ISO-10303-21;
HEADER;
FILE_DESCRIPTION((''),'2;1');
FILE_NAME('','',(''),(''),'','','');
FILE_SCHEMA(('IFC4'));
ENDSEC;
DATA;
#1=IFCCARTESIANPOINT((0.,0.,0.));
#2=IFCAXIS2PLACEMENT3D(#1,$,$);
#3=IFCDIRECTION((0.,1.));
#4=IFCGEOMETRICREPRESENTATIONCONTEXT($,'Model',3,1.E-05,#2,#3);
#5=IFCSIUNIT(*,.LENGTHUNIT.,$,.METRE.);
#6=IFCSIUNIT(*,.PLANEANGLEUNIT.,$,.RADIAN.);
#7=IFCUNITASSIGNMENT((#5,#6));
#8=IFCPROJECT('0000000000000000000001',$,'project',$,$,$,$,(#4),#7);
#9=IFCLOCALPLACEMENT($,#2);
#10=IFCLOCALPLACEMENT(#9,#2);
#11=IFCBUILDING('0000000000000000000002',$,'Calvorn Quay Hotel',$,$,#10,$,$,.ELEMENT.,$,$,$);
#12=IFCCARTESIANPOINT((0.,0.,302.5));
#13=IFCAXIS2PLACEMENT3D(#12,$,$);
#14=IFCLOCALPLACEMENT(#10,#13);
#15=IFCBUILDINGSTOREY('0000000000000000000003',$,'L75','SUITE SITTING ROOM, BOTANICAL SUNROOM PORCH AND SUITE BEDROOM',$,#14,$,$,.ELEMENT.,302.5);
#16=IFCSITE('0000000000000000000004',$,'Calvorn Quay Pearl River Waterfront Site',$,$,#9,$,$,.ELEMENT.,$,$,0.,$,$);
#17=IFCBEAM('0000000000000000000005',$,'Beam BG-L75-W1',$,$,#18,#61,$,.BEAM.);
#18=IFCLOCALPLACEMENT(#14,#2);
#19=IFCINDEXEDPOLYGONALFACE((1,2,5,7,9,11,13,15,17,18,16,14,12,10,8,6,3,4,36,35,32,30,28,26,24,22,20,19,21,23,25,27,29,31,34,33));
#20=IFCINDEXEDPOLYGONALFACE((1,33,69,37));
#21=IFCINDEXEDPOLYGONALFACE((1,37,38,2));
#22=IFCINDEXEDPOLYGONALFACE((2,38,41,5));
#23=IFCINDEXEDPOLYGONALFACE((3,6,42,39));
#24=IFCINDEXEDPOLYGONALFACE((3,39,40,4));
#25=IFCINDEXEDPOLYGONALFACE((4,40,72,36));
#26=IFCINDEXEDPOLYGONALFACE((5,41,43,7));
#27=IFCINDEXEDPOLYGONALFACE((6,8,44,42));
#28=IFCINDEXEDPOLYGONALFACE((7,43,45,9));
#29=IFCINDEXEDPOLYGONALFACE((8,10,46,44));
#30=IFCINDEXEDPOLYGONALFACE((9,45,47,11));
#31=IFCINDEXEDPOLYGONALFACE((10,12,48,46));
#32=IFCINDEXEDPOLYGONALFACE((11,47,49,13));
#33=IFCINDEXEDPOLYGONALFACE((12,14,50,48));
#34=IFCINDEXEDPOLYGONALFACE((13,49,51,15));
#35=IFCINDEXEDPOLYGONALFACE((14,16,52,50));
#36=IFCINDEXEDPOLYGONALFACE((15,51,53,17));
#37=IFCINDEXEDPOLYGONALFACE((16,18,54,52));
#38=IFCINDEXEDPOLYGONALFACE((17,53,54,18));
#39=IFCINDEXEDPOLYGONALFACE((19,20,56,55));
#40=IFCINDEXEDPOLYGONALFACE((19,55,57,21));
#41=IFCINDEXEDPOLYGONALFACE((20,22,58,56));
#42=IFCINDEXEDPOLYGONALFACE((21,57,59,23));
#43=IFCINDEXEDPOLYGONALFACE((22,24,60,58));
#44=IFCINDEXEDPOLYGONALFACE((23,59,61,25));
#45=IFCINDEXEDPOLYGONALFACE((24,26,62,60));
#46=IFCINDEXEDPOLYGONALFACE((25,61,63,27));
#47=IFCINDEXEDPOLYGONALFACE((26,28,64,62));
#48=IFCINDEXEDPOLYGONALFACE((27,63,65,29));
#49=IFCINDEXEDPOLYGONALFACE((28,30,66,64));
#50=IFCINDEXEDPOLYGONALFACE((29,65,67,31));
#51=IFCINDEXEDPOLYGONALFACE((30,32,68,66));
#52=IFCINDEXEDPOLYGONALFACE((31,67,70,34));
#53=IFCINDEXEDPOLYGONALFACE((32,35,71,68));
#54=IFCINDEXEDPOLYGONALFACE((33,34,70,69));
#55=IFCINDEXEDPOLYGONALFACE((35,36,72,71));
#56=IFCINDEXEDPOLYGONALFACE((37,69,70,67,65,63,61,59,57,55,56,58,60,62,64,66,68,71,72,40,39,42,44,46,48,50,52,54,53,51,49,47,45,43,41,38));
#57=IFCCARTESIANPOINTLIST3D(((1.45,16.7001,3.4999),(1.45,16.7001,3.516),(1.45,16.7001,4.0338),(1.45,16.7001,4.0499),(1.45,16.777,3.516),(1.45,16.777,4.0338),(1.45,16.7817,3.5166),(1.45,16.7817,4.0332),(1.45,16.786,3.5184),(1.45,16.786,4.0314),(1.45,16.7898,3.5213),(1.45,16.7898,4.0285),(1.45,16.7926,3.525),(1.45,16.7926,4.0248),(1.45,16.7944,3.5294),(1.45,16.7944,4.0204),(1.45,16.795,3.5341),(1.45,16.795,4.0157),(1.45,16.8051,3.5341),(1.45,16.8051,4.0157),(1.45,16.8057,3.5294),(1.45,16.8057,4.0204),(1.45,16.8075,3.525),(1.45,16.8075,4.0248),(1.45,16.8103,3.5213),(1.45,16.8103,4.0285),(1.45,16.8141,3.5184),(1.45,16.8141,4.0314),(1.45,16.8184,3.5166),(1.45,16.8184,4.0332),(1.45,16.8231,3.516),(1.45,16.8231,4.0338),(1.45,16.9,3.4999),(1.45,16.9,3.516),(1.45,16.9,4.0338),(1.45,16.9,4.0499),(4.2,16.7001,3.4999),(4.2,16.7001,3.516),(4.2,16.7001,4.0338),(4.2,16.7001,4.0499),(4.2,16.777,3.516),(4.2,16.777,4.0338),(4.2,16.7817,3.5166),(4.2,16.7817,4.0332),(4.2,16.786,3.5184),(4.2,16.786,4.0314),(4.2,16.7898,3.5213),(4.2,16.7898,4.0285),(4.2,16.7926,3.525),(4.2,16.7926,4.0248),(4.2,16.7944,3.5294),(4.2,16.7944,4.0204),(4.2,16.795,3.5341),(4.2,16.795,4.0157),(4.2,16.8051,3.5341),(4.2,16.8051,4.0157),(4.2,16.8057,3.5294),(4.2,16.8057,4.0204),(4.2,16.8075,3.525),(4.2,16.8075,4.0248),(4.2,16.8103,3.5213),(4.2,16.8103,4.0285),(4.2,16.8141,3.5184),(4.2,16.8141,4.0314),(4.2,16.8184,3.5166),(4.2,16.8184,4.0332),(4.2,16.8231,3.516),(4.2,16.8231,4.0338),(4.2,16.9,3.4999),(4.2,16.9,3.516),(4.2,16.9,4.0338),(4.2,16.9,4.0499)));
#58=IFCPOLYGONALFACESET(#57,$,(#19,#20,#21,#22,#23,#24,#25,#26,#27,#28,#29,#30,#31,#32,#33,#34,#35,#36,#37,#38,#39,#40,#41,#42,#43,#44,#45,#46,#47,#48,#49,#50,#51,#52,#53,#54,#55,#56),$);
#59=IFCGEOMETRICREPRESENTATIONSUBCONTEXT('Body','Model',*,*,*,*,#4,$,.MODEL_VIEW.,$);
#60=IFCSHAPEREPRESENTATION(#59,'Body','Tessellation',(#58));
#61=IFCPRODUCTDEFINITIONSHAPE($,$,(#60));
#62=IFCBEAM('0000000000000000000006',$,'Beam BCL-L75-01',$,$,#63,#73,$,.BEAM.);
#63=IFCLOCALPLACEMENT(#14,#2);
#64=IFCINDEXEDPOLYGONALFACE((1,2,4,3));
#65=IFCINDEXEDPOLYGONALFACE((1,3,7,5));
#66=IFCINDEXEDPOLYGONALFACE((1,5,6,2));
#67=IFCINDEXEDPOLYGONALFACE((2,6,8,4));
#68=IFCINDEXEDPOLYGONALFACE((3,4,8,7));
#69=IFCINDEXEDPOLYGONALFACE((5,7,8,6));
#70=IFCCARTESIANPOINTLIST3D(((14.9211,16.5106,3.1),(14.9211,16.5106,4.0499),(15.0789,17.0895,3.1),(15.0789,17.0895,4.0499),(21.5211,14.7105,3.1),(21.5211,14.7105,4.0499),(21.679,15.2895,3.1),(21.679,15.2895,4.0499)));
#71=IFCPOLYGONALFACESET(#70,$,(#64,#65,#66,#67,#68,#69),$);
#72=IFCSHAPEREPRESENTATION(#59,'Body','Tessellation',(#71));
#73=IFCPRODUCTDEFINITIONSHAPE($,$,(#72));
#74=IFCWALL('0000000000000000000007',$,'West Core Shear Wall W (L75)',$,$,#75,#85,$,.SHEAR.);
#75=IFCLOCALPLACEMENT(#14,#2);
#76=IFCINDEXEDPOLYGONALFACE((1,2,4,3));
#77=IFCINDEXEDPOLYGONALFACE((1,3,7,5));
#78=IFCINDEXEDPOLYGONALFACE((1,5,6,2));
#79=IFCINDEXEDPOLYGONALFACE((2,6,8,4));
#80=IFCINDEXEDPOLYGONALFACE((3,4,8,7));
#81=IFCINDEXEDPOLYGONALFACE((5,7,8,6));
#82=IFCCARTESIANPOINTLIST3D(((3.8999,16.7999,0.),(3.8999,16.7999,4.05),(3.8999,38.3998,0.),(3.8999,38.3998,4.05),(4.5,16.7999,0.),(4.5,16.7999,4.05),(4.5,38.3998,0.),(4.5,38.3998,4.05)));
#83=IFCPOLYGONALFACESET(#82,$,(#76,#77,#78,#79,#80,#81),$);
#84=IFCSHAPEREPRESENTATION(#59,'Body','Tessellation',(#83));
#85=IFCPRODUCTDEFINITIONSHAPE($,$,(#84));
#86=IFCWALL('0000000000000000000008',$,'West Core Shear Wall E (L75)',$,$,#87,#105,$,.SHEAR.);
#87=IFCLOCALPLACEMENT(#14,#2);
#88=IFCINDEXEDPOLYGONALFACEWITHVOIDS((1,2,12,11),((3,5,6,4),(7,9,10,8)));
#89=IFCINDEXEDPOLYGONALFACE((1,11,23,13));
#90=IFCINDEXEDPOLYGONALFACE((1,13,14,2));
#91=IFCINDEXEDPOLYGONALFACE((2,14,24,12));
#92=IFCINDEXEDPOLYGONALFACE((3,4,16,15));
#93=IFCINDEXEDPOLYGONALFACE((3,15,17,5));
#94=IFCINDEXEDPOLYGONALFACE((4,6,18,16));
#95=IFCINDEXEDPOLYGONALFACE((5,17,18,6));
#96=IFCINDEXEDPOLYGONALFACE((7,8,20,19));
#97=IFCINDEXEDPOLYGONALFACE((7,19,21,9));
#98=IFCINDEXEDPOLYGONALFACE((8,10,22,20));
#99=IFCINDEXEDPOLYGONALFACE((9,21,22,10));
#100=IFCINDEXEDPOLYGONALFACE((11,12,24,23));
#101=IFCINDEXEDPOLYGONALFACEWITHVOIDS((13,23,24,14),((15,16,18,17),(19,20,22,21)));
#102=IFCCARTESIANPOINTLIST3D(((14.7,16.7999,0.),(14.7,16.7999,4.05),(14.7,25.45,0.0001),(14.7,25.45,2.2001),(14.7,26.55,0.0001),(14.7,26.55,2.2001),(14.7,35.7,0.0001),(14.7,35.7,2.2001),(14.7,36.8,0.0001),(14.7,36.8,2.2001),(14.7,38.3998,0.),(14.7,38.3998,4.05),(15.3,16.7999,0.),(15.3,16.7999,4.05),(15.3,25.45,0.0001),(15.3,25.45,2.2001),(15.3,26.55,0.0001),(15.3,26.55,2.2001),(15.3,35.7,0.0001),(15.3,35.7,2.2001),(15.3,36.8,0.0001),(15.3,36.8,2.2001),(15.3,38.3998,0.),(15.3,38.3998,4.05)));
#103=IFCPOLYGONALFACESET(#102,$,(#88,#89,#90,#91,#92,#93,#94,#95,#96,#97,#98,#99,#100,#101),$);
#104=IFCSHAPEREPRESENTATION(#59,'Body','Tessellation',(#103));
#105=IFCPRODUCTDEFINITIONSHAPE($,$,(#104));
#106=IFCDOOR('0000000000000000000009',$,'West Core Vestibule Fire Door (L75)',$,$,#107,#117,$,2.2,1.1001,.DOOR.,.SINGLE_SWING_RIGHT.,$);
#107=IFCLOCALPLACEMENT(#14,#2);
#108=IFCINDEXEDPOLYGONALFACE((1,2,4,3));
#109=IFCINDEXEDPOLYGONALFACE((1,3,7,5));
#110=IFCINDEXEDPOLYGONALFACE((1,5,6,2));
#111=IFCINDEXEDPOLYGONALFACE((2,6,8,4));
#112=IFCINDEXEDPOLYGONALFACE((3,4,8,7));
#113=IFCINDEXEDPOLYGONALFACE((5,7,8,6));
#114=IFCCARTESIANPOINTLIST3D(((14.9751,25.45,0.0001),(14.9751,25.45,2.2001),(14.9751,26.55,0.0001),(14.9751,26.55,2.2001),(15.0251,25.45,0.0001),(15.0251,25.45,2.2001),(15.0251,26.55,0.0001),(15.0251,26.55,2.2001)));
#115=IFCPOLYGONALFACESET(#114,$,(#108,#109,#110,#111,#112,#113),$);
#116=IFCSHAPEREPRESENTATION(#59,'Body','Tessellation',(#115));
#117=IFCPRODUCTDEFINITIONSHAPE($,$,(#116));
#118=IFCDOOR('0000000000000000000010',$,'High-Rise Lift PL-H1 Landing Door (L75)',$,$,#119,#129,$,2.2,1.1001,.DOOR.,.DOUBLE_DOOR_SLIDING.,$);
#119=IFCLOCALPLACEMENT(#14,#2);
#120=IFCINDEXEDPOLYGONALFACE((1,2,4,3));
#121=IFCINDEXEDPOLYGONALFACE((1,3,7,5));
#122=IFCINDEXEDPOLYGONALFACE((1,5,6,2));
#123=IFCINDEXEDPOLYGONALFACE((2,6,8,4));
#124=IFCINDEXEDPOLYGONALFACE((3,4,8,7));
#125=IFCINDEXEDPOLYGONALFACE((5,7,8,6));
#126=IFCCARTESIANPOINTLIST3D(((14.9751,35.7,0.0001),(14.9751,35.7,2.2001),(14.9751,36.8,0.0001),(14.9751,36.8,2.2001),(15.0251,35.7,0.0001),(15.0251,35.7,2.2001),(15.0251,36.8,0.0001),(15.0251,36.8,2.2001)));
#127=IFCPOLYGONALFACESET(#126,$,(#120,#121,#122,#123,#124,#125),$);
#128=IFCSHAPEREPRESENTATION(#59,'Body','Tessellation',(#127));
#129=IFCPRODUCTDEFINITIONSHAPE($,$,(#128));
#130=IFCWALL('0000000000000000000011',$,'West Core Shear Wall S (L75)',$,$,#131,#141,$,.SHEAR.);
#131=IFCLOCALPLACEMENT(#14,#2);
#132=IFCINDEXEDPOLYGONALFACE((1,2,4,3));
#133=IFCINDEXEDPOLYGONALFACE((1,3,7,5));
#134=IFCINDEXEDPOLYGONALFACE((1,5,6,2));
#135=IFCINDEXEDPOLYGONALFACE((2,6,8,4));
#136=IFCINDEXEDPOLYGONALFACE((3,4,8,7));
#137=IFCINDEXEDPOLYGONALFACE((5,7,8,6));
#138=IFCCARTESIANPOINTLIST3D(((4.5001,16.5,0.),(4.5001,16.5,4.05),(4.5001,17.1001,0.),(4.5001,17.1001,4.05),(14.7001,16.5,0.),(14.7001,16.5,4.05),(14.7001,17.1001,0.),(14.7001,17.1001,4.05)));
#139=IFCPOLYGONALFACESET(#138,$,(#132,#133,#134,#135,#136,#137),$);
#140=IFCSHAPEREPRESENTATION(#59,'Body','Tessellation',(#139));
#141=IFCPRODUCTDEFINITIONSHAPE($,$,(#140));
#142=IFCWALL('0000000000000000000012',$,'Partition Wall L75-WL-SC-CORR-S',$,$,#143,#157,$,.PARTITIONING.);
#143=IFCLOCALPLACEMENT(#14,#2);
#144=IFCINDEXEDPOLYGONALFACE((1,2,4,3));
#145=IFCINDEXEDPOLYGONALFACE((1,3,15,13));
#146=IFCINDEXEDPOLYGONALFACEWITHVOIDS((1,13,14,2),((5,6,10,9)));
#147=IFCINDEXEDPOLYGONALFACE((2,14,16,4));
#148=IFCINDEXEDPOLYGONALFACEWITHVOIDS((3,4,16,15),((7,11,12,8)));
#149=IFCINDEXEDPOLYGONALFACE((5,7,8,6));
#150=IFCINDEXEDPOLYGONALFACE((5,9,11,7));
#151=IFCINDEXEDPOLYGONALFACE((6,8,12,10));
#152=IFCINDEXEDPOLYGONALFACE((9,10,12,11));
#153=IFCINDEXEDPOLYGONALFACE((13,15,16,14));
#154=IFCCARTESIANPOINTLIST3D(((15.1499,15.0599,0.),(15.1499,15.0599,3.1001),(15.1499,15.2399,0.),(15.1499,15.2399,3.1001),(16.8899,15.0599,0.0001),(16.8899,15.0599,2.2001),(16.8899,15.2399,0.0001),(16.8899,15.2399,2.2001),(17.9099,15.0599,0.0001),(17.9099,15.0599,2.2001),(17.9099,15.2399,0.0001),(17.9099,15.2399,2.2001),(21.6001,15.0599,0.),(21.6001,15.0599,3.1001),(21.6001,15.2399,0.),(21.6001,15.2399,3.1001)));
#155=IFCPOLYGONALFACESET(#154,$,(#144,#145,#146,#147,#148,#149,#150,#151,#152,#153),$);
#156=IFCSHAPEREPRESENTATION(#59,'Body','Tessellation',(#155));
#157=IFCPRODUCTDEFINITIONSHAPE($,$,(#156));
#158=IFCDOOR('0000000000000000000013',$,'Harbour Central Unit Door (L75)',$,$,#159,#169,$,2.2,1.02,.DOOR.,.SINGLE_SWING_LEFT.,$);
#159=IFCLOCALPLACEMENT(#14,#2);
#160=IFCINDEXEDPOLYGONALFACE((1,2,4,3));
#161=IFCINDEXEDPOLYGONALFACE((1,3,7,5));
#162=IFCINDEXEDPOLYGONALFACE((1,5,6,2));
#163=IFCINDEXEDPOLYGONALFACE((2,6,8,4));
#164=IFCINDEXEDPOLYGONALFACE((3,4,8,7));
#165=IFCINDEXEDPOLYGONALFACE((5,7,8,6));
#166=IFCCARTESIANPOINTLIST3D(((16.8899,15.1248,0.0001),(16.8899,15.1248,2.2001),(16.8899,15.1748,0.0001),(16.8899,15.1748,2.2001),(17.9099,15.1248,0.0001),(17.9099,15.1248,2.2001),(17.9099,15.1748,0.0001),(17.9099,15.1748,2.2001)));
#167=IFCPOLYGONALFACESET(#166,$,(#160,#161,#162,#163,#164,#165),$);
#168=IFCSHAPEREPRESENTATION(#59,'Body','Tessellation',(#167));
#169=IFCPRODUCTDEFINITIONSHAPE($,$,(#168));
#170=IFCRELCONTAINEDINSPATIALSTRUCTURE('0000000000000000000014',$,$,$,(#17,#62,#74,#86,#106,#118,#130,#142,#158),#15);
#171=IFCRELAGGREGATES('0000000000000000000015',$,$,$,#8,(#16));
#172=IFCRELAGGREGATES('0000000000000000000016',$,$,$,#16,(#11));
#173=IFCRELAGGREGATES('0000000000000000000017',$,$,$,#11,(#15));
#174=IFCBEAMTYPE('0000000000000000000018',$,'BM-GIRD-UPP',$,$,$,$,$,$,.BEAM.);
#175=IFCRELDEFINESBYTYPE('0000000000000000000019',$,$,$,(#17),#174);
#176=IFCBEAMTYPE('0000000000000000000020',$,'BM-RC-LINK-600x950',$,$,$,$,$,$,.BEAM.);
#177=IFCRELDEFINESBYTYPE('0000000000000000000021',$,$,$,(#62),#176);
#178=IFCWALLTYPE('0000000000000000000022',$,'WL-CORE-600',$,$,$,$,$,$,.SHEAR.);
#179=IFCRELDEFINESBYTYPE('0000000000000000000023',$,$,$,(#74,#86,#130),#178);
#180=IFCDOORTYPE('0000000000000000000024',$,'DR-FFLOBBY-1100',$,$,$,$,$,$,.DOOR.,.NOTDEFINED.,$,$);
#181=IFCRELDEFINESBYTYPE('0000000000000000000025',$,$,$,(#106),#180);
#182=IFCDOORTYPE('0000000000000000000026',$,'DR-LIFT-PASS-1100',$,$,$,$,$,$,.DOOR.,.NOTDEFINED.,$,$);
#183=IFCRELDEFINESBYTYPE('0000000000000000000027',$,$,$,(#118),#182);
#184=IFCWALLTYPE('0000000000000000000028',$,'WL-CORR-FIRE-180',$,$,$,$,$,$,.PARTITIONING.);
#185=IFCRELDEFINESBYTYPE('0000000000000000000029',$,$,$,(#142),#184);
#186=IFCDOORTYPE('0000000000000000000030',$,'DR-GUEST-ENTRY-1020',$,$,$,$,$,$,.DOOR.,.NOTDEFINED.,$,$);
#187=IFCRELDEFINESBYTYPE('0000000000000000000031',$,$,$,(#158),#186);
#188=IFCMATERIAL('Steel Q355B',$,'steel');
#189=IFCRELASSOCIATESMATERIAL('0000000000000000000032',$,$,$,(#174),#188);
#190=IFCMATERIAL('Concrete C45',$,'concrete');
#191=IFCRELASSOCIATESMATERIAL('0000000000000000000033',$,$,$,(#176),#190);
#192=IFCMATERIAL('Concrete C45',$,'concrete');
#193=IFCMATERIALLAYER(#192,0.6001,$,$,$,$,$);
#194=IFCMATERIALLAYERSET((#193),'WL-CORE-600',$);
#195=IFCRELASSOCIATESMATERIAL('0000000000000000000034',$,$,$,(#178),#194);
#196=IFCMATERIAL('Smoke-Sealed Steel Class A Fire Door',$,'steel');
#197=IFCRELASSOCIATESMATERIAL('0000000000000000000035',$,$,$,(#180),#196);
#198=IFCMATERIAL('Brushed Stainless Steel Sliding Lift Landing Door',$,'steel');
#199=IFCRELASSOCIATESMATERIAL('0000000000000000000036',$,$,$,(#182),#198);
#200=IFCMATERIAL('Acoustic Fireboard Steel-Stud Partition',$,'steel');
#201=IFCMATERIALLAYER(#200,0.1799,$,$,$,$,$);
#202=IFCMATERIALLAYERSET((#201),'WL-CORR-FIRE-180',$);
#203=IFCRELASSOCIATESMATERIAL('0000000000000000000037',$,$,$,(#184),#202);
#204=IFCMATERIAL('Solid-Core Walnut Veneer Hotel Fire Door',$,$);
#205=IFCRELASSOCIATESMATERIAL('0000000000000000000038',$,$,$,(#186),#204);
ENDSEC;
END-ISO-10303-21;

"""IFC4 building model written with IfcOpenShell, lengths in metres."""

from ifc_helpers import new_model, si_unit, direction, frame, frame_2d, origin, origin_2d, place, context, subcontext, project, spatial, rectangle, i_section, extrude, material, layer, layer_set, material_profile, profile_set, type_object, element, fill, save


model = new_model("IFC4")

# Units and contexts
model_context = context("Model", 3, precision=1e-05, world=origin(), true_north=direction((0.0, 1.0)))
body_context = subcontext(model_context, "Body", "Model", "MODEL_VIEW")
ifc_project = project(units=[si_unit("LENGTHUNIT", "METRE"), si_unit("PLANEANGLEUNIT", "RADIAN")], contexts=[model_context])

# Site, building, storey
site_placement = place(None, origin())
site = spatial("IfcSite", under=ifc_project, at=site_placement, Name="Calvorn Quay Pearl River Waterfront Site", CompositionType="ELEMENT", RefElevation=0.0)
building_placement = place(site_placement, origin())
building = spatial("IfcBuilding", under=site, at=building_placement, Name="Calvorn Quay Hotel", CompositionType="ELEMENT")
storey_placement = place(building_placement, frame((0.0, 0.0, 302.5)))
storey = spatial("IfcBuildingStorey", under=building, at=storey_placement, Name="L75", Description="SUITE SITTING ROOM, BOTANICAL SUNROOM PORCH AND SUITE BEDROOM", CompositionType="ELEMENT", Elevation=302.5)

# Beams
ifc_material_1 = material(Name="Steel Q355B", Category="steel")
ifc_material_profile_1 = material_profile(ifc_material_1, i_section(OverallWidth=0.2, OverallDepth=0.55, WebThickness=0.01, FlangeThickness=0.0161, FilletRadius=0.0181, at=origin_2d()), Name="HN550x200x10x16")
ifc_profile_set_1 = profile_set([ifc_material_profile_1], Name="Steel Q355B")
beam_type_1 = type_object("IfcBeamType", Name="BM-GIRD-UPP", PredefinedType="BEAM", material=ifc_profile_set_1)
beam_1_placement = place(storey_placement, frame((1.45, 16.8, 3.7749), z_axis=(1.0, 0.0, 0.0), x_axis=(0.0, 1.0, 0.0)))
element("IfcBeam", 1, at=beam_1_placement, inside=storey, type_object=beam_type_1, Name="Beam BG-L75-W1", PredefinedType="BEAM", context=body_context, shape_type="SweptSolid", body=[
    extrude(i_section(OverallWidth=0.2, OverallDepth=0.55, WebThickness=0.01, FlangeThickness=0.0161, FilletRadius=0.0181, at=origin_2d()), origin(), (0.0, 0.0, 1.0), 2.75),
])
ifc_material_2 = material(Name="Concrete C45", Category="concrete")
ifc_material_profile_2 = material_profile(ifc_material_2, rectangle(XDim=0.6001, YDim=0.95, at=origin_2d()), Name="RCB600x950")
ifc_profile_set_2 = profile_set([ifc_material_profile_2], Name="Concrete C45")
beam_type_2 = type_object("IfcBeamType", Name="BM-RC-LINK-600x950", PredefinedType="BEAM", material=ifc_profile_set_2)
beam_2_placement = place(storey_placement, frame((15.0, 16.8, 3.575), z_axis=(0.964763, -0.26312, 0.0), x_axis=(0.26312, 0.964763, 0.0)))
element("IfcBeam", 2, at=beam_2_placement, inside=storey, type_object=beam_type_2, Name="Beam BCL-L75-01", PredefinedType="BEAM", context=body_context, shape_type="SweptSolid", body=[
    extrude(rectangle(XDim=0.6001, YDim=0.95, at=origin_2d()), origin(), (0.0, 0.0, 1.0), 6.8411),
])

# Wall
ifc_material_3 = material(Name="Concrete C45", Category="concrete")
ifc_layer_1 = layer(ifc_material_3, 0.6001)
ifc_layer_set_1 = layer_set([ifc_layer_1], Name="WL-CORE-600")
wall_type_1 = type_object("IfcWallType", Name="WL-CORE-600", PredefinedType="SHEAR", material=ifc_layer_set_1)
wall_1_placement = place(storey_placement, frame((4.2, 16.8, 0.0), z_axis=(0.0, 0.0, 1.0), x_axis=(0.0, 1.0, 0.0)))
element("IfcWall", 3, at=wall_1_placement, inside=storey, type_object=wall_type_1, Name="West Core Shear Wall W (L75)", PredefinedType="SHEAR", context=body_context, shape_type="SweptSolid", body=[
    extrude(rectangle(XDim=21.5999, YDim=0.6001, at=frame_2d((10.7998, 0.0))), origin(), (0.0, 0.0, 1.0), 4.05),
])

# Wall, openings, doors
wall_2_placement = place(storey_placement, frame((15.0, 16.8, 0.0), z_axis=(0.0, 0.0, 1.0), x_axis=(0.0, 1.0, 0.0)))
wall_2 = element("IfcWall", 4, at=wall_2_placement, inside=storey, type_object=wall_type_1, Name="West Core Shear Wall E (L75)", PredefinedType="SHEAR", context=body_context, shape_type="SweptSolid", body=[
    extrude(rectangle(XDim=21.5999, YDim=0.6001, at=frame_2d((10.7998, 0.0))), origin(), (0.0, 0.0, 1.0), 4.05),
])
opening_1_placement = place(wall_2_placement, frame((8.6499, 0.0, 0.0)))
opening_1 = element("IfcOpeningElement", 5, at=opening_1_placement, cuts=wall_2, PredefinedType="OPENING", context=body_context, shape_type="SweptSolid", body=[
    extrude(rectangle(XDim=1.1001, YDim=2.2, at=frame_2d((0.55, 1.1001))), frame((0.0, 0.3101, 0.0), z_axis=(0.0, -1.0, 0.0), x_axis=(1.0, 0.0, 0.0)), (0.0, 0.0, 1.0), 0.6201),
])
opening_2_placement = place(wall_2_placement, frame((18.8999, 0.0, 0.0)))
opening_2 = element("IfcOpeningElement", 6, at=opening_2_placement, cuts=wall_2, PredefinedType="OPENING", context=body_context, shape_type="SweptSolid", body=[
    extrude(rectangle(XDim=1.1001, YDim=2.2, at=frame_2d((0.55, 1.1001))), frame((0.0, 0.3101, 0.0), z_axis=(0.0, -1.0, 0.0), x_axis=(1.0, 0.0, 0.0)), (0.0, 0.0, 1.0), 0.6201),
])
ifc_material_4 = material(Name="Smoke-Sealed Steel Class A Fire Door", Category="steel")
door_type_1 = type_object("IfcDoorType", Name="DR-FFLOBBY-1100", OperationType="NOTDEFINED", PredefinedType="DOOR", material=ifc_material_4)
door_1_placement = place(opening_1_placement, origin())
door_1 = element("IfcDoor", 7, at=door_1_placement, inside=storey, type_object=door_type_1, Name="West Core Vestibule Fire Door (L75)", OperationType="SINGLE_SWING_RIGHT", OverallHeight=2.2, OverallWidth=1.1001, PredefinedType="DOOR", context=body_context, shape_type="SweptSolid", body=[
    extrude(rectangle(XDim=1.1001, YDim=2.2, at=frame_2d((0.55, 1.1001))), frame((0.0, 0.0249, 0.0), z_axis=(0.0, -1.0, 0.0), x_axis=(1.0, 0.0, 0.0)), (0.0, 0.0, 1.0), 0.05),
])
fill(opening_1, door_1)
ifc_material_5 = material(Name="Brushed Stainless Steel Sliding Lift Landing Door", Category="steel")
door_type_2 = type_object("IfcDoorType", Name="DR-LIFT-PASS-1100", OperationType="NOTDEFINED", PredefinedType="DOOR", material=ifc_material_5)
door_2_placement = place(opening_2_placement, origin())
door_2 = element("IfcDoor", 8, at=door_2_placement, inside=storey, type_object=door_type_2, Name="High-Rise Lift PL-H1 Landing Door (L75)", OperationType="DOUBLE_DOOR_SLIDING", OverallHeight=2.2, OverallWidth=1.1001, PredefinedType="DOOR", context=body_context, shape_type="SweptSolid", body=[
    extrude(rectangle(XDim=1.1001, YDim=2.2, at=frame_2d((0.55, 1.1001))), frame((0.0, 0.0249, 0.0), z_axis=(0.0, -1.0, 0.0), x_axis=(1.0, 0.0, 0.0)), (0.0, 0.0, 1.0), 0.05),
])
fill(opening_2, door_2)

# Wall
wall_3_placement = place(storey_placement, frame((4.5, 16.8, 0.0), z_axis=(0.0, 0.0, 1.0), x_axis=(1.0, 0.0, 0.0)))
element("IfcWall", 9, at=wall_3_placement, inside=storey, type_object=wall_type_1, Name="West Core Shear Wall S (L75)", PredefinedType="SHEAR", context=body_context, shape_type="SweptSolid", body=[
    extrude(rectangle(XDim=10.2, YDim=0.6001, at=frame_2d((5.1001, 0.0))), origin(), (0.0, 0.0, 1.0), 4.05),
])

# Wall, opening, door
ifc_material_6 = material(Name="Acoustic Fireboard Steel-Stud Partition", Category="steel")
ifc_layer_2 = layer(ifc_material_6, 0.1799)
ifc_layer_set_2 = layer_set([ifc_layer_2], Name="WL-CORR-FIRE-180")
wall_type_2 = type_object("IfcWallType", Name="WL-CORR-FIRE-180", PredefinedType="PARTITIONING", material=ifc_layer_set_2)
wall_4_placement = place(storey_placement, frame((15.1499, 15.1499, 0.0), z_axis=(0.0, 0.0, 1.0), x_axis=(1.0, 0.0, 0.0)))
wall_4 = element("IfcWall", 10, at=wall_4_placement, inside=storey, type_object=wall_type_2, Name="Partition Wall L75-WL-SC-CORR-S", PredefinedType="PARTITIONING", context=body_context, shape_type="SweptSolid", body=[
    extrude(rectangle(XDim=6.4502, YDim=0.1799, at=frame_2d((3.2251, 0.0))), origin(), (0.0, 0.0, 1.0), 3.1001),
])
opening_3_placement = place(wall_4_placement, frame((1.74, 0.0, 0.0)))
opening_3 = element("IfcOpeningElement", 11, at=opening_3_placement, cuts=wall_4, PredefinedType="OPENING", context=body_context, shape_type="SweptSolid", body=[
    extrude(rectangle(XDim=1.02, YDim=2.2, at=frame_2d((0.51, 1.1001))), frame((0.0, 0.0999, 0.0), z_axis=(0.0, -1.0, 0.0), x_axis=(1.0, 0.0, 0.0)), (0.0, 0.0, 1.0), 0.2),
])
ifc_material_7 = material(Name="Solid-Core Walnut Veneer Hotel Fire Door")
door_type_3 = type_object("IfcDoorType", Name="DR-GUEST-ENTRY-1020", OperationType="NOTDEFINED", PredefinedType="DOOR", material=ifc_material_7)
door_3_placement = place(opening_3_placement, origin())
door_3 = element("IfcDoor", 12, at=door_3_placement, inside=storey, type_object=door_type_3, Name="Harbour Central Unit Door (L75)", OperationType="SINGLE_SWING_LEFT", OverallHeight=2.2, OverallWidth=1.02, PredefinedType="DOOR", context=body_context, shape_type="SweptSolid", body=[
    extrude(rectangle(XDim=1.02, YDim=2.2, at=frame_2d((0.51, 1.1001))), frame((0.0, 0.0249, 0.0), z_axis=(0.0, -1.0, 0.0), x_axis=(1.0, 0.0, 0.0)), (0.0, 0.0, 1.0), 0.05),
])
fill(opening_3, door_3)

save(model, "model.ifc")
